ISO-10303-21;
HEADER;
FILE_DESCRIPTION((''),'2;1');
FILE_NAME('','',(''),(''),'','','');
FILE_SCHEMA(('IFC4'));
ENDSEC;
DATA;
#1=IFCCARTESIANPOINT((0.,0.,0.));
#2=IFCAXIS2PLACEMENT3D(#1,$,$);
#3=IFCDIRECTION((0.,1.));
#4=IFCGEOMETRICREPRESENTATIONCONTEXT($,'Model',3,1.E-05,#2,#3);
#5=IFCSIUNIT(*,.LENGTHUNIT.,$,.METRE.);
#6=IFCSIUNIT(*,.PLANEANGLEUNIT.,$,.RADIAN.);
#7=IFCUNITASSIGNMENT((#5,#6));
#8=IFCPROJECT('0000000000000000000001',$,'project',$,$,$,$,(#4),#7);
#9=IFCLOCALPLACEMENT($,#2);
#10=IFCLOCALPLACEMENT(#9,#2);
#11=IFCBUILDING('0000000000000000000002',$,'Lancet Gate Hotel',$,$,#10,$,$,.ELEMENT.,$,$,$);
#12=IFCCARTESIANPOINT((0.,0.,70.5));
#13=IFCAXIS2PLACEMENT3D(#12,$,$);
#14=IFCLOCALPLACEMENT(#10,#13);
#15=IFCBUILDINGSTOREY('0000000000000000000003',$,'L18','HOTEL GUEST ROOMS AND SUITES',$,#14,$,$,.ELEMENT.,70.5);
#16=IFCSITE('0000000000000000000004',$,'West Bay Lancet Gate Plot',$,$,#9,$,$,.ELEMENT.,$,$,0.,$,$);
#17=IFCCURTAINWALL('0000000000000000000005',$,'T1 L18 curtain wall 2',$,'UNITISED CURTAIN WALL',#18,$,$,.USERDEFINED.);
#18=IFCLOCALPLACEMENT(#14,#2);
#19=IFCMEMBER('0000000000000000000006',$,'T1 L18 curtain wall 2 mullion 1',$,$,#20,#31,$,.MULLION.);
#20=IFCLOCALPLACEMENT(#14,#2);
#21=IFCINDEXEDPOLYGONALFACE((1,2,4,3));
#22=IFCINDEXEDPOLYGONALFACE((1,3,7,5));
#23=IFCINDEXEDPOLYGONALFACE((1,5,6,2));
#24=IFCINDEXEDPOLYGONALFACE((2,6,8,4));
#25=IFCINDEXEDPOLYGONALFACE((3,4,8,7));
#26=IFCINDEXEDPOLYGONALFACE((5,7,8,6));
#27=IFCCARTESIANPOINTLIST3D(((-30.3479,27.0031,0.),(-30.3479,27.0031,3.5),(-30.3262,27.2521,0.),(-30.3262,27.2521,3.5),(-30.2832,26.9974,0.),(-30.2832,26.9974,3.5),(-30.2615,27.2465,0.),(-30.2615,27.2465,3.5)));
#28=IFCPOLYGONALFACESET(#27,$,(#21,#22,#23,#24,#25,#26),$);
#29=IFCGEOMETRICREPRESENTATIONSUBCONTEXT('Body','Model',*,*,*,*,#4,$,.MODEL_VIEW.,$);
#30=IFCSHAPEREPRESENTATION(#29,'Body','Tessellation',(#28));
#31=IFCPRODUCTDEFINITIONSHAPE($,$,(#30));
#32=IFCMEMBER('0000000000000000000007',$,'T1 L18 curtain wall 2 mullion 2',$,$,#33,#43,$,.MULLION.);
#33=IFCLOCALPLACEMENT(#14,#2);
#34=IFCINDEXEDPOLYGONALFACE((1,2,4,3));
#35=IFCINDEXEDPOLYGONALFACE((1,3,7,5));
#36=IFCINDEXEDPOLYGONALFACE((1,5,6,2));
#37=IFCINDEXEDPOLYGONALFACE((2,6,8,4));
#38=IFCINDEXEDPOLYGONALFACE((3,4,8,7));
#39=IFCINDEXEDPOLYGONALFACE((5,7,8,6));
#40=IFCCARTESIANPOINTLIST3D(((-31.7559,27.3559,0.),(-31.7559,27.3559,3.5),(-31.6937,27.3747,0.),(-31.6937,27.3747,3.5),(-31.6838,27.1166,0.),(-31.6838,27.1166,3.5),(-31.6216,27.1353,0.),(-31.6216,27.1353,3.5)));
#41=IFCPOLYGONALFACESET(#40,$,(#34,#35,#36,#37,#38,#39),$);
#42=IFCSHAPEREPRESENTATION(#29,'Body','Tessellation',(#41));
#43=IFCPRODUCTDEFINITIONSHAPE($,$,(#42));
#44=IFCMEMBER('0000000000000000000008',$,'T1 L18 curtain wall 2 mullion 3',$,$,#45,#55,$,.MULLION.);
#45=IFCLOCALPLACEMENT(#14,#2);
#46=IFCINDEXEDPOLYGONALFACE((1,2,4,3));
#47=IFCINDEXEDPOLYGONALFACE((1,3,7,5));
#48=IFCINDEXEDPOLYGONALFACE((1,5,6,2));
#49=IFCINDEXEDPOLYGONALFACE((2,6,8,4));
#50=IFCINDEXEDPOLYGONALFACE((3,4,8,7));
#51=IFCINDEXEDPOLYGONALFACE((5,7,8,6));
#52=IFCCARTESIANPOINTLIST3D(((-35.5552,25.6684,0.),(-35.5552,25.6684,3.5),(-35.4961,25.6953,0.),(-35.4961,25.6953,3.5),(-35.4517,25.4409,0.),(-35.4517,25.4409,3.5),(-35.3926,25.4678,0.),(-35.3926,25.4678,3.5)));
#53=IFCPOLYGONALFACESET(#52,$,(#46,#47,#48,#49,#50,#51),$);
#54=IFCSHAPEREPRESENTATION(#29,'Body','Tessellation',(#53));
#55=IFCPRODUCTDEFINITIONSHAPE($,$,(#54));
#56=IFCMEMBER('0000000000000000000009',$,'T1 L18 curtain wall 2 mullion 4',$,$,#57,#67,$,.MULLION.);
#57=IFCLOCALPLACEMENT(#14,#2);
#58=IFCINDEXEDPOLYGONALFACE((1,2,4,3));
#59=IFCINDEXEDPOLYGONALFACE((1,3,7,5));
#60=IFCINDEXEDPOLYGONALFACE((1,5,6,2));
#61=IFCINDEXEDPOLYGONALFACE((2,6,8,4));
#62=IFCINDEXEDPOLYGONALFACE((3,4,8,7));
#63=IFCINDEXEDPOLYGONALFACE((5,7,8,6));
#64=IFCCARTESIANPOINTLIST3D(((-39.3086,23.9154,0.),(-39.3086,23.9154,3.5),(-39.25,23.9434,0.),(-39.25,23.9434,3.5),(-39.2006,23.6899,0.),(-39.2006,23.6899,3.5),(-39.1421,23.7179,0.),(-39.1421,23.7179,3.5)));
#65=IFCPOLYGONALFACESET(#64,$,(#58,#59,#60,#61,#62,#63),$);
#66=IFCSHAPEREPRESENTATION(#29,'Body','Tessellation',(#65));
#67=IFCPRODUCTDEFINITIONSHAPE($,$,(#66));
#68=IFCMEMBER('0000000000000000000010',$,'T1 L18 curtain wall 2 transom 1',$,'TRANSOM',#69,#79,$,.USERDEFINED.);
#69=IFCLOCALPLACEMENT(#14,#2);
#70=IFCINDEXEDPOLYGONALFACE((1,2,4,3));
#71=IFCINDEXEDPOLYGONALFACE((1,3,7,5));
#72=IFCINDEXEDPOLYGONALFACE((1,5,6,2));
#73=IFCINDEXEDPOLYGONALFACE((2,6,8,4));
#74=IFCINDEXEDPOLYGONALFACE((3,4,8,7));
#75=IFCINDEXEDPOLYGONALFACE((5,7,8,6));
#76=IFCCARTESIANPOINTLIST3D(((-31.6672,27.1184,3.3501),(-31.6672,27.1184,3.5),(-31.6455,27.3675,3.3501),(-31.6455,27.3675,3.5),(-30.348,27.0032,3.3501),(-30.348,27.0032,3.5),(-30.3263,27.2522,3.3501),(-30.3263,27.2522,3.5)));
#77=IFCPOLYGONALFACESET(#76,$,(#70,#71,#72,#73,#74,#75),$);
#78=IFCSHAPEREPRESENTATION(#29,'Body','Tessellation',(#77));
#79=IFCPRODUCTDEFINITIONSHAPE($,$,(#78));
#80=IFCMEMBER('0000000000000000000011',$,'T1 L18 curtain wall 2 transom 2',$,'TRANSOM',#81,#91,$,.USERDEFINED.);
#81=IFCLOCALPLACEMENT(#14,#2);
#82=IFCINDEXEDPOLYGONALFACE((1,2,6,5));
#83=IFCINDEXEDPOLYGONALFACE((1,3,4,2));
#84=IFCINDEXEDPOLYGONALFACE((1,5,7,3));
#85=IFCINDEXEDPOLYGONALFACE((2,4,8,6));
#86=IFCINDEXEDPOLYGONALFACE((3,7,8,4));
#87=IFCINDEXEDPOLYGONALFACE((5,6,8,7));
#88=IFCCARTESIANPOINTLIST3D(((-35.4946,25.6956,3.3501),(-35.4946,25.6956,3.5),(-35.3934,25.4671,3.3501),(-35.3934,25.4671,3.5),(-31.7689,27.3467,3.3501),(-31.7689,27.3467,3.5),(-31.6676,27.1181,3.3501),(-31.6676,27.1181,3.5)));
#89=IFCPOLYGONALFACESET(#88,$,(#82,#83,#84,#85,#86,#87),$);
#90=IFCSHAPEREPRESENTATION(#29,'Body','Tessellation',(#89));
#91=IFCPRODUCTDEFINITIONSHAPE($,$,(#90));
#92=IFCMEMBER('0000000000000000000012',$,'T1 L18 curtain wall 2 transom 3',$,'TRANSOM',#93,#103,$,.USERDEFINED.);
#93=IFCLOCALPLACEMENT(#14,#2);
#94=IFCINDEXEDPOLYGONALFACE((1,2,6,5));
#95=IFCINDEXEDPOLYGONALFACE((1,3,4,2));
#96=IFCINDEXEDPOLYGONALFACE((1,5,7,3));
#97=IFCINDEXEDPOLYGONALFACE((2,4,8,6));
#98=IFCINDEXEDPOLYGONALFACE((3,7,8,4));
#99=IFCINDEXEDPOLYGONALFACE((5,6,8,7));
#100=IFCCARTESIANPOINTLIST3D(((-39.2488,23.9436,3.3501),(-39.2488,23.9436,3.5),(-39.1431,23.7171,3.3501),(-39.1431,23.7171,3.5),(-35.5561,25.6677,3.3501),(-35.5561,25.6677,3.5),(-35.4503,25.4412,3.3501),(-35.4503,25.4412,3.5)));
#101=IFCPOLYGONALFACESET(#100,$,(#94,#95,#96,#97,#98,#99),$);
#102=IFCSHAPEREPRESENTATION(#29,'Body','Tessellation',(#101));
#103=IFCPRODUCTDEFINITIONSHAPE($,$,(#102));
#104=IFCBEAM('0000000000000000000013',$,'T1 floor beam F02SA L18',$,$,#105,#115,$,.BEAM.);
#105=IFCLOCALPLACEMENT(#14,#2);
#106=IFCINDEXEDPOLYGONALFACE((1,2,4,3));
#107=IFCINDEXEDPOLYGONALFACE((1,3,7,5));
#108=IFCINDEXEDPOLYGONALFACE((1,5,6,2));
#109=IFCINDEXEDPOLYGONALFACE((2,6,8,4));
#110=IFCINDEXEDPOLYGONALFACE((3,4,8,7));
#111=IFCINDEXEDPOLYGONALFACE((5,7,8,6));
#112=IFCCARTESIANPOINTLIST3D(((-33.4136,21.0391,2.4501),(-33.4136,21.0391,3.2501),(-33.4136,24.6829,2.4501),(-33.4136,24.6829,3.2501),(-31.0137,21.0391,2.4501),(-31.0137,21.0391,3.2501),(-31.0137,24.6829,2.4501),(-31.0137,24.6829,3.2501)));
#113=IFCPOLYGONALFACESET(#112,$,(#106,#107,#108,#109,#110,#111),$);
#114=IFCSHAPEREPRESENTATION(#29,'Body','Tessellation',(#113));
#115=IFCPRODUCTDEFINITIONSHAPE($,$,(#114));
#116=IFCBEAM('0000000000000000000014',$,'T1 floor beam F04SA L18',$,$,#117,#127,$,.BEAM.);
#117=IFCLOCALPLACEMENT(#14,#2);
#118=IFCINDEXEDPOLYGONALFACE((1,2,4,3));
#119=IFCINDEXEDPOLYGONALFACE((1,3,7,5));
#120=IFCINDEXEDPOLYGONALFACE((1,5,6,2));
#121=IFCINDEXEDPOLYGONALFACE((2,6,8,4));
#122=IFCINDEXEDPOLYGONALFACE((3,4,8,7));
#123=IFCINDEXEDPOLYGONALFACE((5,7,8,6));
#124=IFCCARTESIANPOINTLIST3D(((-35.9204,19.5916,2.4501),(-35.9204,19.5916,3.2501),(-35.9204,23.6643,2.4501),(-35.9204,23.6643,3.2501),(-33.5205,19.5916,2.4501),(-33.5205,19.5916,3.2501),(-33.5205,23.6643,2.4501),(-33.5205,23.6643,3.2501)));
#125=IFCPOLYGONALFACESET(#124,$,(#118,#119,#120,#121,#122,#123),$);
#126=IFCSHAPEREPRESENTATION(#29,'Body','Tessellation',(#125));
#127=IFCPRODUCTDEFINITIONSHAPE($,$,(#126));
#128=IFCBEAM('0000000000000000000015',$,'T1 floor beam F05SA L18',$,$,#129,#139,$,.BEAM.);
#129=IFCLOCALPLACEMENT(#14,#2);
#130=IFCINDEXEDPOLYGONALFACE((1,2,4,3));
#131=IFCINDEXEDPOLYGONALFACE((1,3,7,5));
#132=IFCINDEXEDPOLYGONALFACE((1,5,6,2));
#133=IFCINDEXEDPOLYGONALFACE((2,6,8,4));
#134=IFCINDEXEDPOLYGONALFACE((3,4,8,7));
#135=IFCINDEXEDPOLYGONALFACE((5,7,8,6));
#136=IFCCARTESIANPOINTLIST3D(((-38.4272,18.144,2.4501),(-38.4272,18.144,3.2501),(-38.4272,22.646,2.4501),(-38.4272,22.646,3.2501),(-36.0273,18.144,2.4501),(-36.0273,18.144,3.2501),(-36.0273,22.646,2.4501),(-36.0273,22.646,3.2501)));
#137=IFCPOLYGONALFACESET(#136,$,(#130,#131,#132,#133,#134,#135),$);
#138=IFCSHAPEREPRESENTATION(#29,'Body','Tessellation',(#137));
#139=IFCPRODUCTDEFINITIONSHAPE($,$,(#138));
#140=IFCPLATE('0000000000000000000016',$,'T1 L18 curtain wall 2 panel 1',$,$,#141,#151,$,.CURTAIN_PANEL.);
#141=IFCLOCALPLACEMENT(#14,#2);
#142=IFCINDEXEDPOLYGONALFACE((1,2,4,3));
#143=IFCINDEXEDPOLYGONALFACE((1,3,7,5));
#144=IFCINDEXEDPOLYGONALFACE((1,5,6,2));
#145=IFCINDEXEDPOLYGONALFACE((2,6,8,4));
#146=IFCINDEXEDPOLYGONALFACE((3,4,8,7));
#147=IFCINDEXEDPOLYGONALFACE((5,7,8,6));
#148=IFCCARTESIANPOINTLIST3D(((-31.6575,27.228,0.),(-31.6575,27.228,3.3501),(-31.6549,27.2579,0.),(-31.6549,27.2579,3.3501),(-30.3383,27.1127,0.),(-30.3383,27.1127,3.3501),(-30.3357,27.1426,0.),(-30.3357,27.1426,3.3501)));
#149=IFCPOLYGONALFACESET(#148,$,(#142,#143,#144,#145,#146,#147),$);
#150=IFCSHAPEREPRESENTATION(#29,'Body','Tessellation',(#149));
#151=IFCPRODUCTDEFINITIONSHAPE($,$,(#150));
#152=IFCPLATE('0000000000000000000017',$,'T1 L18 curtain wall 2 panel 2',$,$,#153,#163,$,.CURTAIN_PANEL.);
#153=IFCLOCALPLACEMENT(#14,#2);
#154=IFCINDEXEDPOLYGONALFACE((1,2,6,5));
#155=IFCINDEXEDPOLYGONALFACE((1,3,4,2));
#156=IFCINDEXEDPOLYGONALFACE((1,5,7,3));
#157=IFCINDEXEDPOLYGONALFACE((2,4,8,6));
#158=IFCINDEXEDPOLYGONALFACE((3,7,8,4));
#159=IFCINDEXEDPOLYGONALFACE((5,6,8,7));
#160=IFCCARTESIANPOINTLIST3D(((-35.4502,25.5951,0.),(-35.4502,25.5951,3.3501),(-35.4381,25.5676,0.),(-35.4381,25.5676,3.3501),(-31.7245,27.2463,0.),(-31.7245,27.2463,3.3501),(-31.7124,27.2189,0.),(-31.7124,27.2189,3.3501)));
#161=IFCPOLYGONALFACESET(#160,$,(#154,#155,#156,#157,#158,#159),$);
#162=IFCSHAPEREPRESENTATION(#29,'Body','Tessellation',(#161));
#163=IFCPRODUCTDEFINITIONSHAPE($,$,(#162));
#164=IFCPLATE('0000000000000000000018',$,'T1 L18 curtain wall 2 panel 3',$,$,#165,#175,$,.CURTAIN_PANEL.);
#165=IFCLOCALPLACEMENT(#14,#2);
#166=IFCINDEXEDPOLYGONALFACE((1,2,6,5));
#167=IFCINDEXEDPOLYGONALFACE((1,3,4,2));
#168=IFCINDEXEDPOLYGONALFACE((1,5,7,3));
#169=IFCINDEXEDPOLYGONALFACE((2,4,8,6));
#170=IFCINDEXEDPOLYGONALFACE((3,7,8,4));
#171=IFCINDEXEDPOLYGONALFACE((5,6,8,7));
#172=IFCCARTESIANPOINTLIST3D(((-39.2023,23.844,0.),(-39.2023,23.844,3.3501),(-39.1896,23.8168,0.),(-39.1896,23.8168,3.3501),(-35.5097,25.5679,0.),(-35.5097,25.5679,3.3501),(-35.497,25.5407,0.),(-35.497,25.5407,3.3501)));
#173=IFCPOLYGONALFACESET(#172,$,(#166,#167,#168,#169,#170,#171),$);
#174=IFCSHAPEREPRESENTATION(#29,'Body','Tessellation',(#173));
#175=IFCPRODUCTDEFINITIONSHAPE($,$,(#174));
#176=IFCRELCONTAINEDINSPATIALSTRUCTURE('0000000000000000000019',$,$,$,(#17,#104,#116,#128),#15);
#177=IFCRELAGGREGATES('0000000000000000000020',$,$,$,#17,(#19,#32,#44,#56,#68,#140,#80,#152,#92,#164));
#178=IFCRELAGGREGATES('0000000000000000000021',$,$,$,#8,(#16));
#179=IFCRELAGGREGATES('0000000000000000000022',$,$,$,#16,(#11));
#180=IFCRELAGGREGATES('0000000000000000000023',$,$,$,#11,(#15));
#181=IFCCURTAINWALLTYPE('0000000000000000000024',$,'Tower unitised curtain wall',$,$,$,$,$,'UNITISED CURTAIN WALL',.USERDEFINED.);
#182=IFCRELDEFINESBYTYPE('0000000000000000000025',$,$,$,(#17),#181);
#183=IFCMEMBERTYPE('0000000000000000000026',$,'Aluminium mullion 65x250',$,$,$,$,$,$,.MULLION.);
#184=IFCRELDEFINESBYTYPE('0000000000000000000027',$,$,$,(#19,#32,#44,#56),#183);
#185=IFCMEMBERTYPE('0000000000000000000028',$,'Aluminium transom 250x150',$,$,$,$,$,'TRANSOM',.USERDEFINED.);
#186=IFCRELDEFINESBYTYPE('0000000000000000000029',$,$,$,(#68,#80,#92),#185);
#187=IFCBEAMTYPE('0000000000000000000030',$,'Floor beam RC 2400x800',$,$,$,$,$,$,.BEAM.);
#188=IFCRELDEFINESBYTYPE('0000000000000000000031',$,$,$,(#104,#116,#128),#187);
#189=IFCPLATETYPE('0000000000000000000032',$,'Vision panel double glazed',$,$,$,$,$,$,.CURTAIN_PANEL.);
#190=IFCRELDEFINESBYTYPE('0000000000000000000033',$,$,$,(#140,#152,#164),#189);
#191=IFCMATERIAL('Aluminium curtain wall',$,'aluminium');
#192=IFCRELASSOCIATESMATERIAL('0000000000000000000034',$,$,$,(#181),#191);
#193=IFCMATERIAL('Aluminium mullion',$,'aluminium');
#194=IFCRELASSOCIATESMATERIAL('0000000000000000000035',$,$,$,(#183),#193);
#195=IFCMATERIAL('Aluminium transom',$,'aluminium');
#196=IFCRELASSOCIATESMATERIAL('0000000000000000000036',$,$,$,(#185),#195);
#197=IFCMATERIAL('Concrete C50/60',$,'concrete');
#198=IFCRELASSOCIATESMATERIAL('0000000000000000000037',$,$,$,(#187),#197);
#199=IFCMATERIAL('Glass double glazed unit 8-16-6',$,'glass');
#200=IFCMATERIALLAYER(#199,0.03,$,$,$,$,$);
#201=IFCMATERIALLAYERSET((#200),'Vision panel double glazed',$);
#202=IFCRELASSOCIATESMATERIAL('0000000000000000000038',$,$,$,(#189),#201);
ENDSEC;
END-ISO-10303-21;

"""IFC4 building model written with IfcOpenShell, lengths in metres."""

from ifc_helpers import new_model, si_unit, direction, frame, origin, origin_2d, place, context, subcontext, project, spatial, rectangle, extrude, material, layer, layer_set, material_profile, profile_set, type_object, element, aggregate, save


model = new_model("IFC4")

# Units and contexts
model_context = context("Model", 3, precision=1e-05, world=origin(), true_north=direction((0.0, 1.0)))
body_context = subcontext(model_context, "Body", "Model", "MODEL_VIEW")
ifc_project = project(units=[si_unit("LENGTHUNIT", "METRE"), si_unit("PLANEANGLEUNIT", "RADIAN")], contexts=[model_context])

# Site, building, storey
site_placement = place(None, origin())
site = spatial("IfcSite", under=ifc_project, at=site_placement, Name="West Bay Lancet Gate Plot", CompositionType="ELEMENT", RefElevation=0.0)
building_placement = place(site_placement, origin())
building = spatial("IfcBuilding", under=site, at=building_placement, Name="Lancet Gate Hotel", CompositionType="ELEMENT")
storey_placement = place(building_placement, frame((0.0, 0.0, 70.5)))
storey = spatial("IfcBuildingStorey", under=building, at=storey_placement, Name="L18", Description="HOTEL GUEST ROOMS AND SUITES", CompositionType="ELEMENT", Elevation=70.5)

# Curtain wall, members
ifc_material_1 = material(Name="Aluminium curtain wall", Category="aluminium")
curtain_wall_type = type_object("IfcCurtainWallType", Name="Tower unitised curtain wall", ElementType="UNITISED CURTAIN WALL", PredefinedType="USERDEFINED", material=ifc_material_1)
curtain_wall_placement = place(storey_placement, origin())
curtain_wall = element("IfcCurtainWall", 1, at=curtain_wall_placement, inside=storey, type_object=curtain_wall_type, Name="T1 L18 curtain wall 2", ObjectType="UNITISED CURTAIN WALL", PredefinedType="USERDEFINED")
ifc_material_2 = material(Name="Aluminium mullion", Category="aluminium")
ifc_material_profile_1 = material_profile(ifc_material_2, rectangle(XDim=0.0649, YDim=0.25, at=origin_2d()), Name="MULLION 65x250")
ifc_profile_set_1 = profile_set([ifc_material_profile_1], Name="Aluminium mullion")
member_type_1 = type_object("IfcMemberType", Name="Aluminium mullion 65x250", PredefinedType="MULLION", material=ifc_profile_set_1)
member_1_placement = place(storey_placement, frame((-30.3047, 27.1248, 0.0), z_axis=(0.0, 0.0, 1.0), x_axis=(-0.996204, 0.087052, 0.0)))
member_1 = element("IfcMember", 2, at=member_1_placement, type_object=member_type_1, Name="T1 L18 curtain wall 2 mullion 1", PredefinedType="MULLION", context=body_context, shape_type="SweptSolid", body=[
    extrude(rectangle(XDim=0.0649, YDim=0.25, at=origin_2d()), origin(), (0.0, 0.0, 1.0), 3.5),
])
member_2_placement = place(storey_placement, frame((-31.6887, 27.2456, 0.0), z_axis=(0.0, 0.0, 1.0), x_axis=(-0.957524, -0.288352, 0.0)))
member_2 = element("IfcMember", 3, at=member_2_placement, type_object=member_type_1, Name="T1 L18 curtain wall 2 mullion 2", PredefinedType="MULLION", context=body_context, shape_type="SweptSolid", body=[
    extrude(rectangle(XDim=0.0649, YDim=0.25, at=origin_2d()), origin(), (0.0, 0.0, 1.0), 3.5),
])
member_3_placement = place(storey_placement, frame((-35.4739, 25.5681, 0.0), z_axis=(0.0, 0.0, 1.0), x_axis=(-0.91022, -0.414126, 0.0)))
member_3 = element("IfcMember", 4, at=member_3_placement, type_object=member_type_1, Name="T1 L18 curtain wall 2 mullion 3", PredefinedType="MULLION", context=body_context, shape_type="SweptSolid", body=[
    extrude(rectangle(XDim=0.0649, YDim=0.25, at=origin_2d()), origin(), (0.0, 0.0, 1.0), 3.5),
])
member_4_placement = place(storey_placement, frame((-39.2253, 23.8167, 0.0), z_axis=(0.0, 0.0, 1.0), x_axis=(-0.901929, -0.431885, 0.0)))
member_4 = element("IfcMember", 5, at=member_4_placement, type_object=member_type_1, Name="T1 L18 curtain wall 2 mullion 4", PredefinedType="MULLION", context=body_context, shape_type="SweptSolid", body=[
    extrude(rectangle(XDim=0.0649, YDim=0.25, at=origin_2d()), origin(), (0.0, 0.0, 1.0), 3.5),
])
ifc_material_3 = material(Name="Aluminium transom", Category="aluminium")
ifc_material_profile_2 = material_profile(ifc_material_3, rectangle(XDim=0.25, YDim=0.1499, at=origin_2d()), Name="TRANSOM 250x150")
ifc_profile_set_2 = profile_set([ifc_material_profile_2], Name="Aluminium transom")
member_type_2 = type_object("IfcMemberType", Name="Aluminium transom 250x150", ElementType="TRANSOM", PredefinedType="USERDEFINED", material=ifc_profile_set_2)
member_5_placement = place(storey_placement, frame((-30.3372, 27.1277, 3.425), z_axis=(-0.996206, 0.087027, 0.0), x_axis=(-0.087027, -0.996206, 0.0)))
member_5 = element("IfcMember", 6, at=member_5_placement, type_object=member_type_2, Name="T1 L18 curtain wall 2 transom 1", ObjectType="TRANSOM", PredefinedType="USERDEFINED", context=body_context, shape_type="SweptSolid", body=[
    extrude(rectangle(XDim=0.25, YDim=0.1499, at=origin_2d()), origin(), (0.0, 0.0, 1.0), 1.3242),
])
member_6_placement = place(storey_placement, frame((-31.7183, 27.2324, 3.425), z_axis=(-0.914248, -0.405154, 0.0), x_axis=(0.405154, -0.914248, 0.0)))
member_6 = element("IfcMember", 7, at=member_6_placement, type_object=member_type_2, Name="T1 L18 curtain wall 2 transom 2", ObjectType="TRANSOM", PredefinedType="USERDEFINED", context=body_context, shape_type="SweptSolid", body=[
    extrude(rectangle(XDim=0.25, YDim=0.1499, at=origin_2d()), origin(), (0.0, 0.0, 1.0), 4.0752),
])
member_7_placement = place(storey_placement, frame((-35.5032, 25.5544, 3.425), z_axis=(-0.90611, -0.423043, 0.0), x_axis=(0.423043, -0.90611, 0.0)))
member_7 = element("IfcMember", 8, at=member_7_placement, type_object=member_type_2, Name="T1 L18 curtain wall 2 transom 3", ObjectType="TRANSOM", PredefinedType="USERDEFINED", context=body_context, shape_type="SweptSolid", body=[
    extrude(rectangle(XDim=0.25, YDim=0.1499, at=origin_2d()), origin(), (0.0, 0.0, 1.0), 4.0754),
])

# Beams
ifc_material_4 = material(Name="Concrete C50/60", Category="concrete")
ifc_material_profile_3 = material_profile(ifc_material_4, rectangle(XDim=2.3999, YDim=0.8, at=origin_2d()), Name="RC 2400x800")
ifc_profile_set_3 = profile_set([ifc_material_profile_3], Name="Concrete C50/60")
beam_type = type_object("IfcBeamType", Name="Floor beam RC 2400x800", PredefinedType="BEAM", material=ifc_profile_set_3)
beam_1_placement = place(storey_placement, frame((-32.2136, 24.6829, 2.8501), z_axis=(0.0, -1.0, 0.0), x_axis=(1.0, 0.0, 0.0)))
element("IfcBeam", 9, at=beam_1_placement, inside=storey, type_object=beam_type, Name="T1 floor beam F02SA L18", PredefinedType="BEAM", context=body_context, shape_type="SweptSolid", body=[
    extrude(rectangle(XDim=2.3999, YDim=0.8, at=origin_2d()), origin(), (0.0, 0.0, 1.0), 3.6438),
])
beam_2_placement = place(storey_placement, frame((-34.7205, 23.6643, 2.8501), z_axis=(0.0, -1.0, 0.0), x_axis=(1.0, 0.0, 0.0)))
element("IfcBeam", 10, at=beam_2_placement, inside=storey, type_object=beam_type, Name="T1 floor beam F04SA L18", PredefinedType="BEAM", context=body_context, shape_type="SweptSolid", body=[
    extrude(rectangle(XDim=2.3999, YDim=0.8, at=origin_2d()), origin(), (0.0, 0.0, 1.0), 4.0728),
])
beam_3_placement = place(storey_placement, frame((-37.2273, 22.646, 2.8501), z_axis=(0.0, -1.0, 0.0), x_axis=(1.0, 0.0, 0.0)))
element("IfcBeam", 11, at=beam_3_placement, inside=storey, type_object=beam_type, Name="T1 floor beam F05SA L18", PredefinedType="BEAM", context=body_context, shape_type="SweptSolid", body=[
    extrude(rectangle(XDim=2.3999, YDim=0.8, at=origin_2d()), origin(), (0.0, 0.0, 1.0), 4.502),
])

# Plates
ifc_material_5 = material(Name="Glass double glazed unit 8-16-6", Category="glass")
ifc_layer_1 = layer(ifc_material_5, 0.03)
ifc_layer_set_1 = layer_set([ifc_layer_1], Name="Vision panel double glazed")
plate_type = type_object("IfcPlateType", Name="Vision panel double glazed", PredefinedType="CURTAIN_PANEL", material=ifc_layer_set_1)
plate_1_placement = place(storey_placement, frame((-30.9966, 27.1853, 0.0), z_axis=(0.0, 0.0, 1.0), x_axis=(-0.996204, 0.087052, 0.0)))
plate_1 = element("IfcPlate", 12, at=plate_1_placement, type_object=plate_type, Name="T1 L18 curtain wall 2 panel 1", PredefinedType="CURTAIN_PANEL", context=body_context, shape_type="SweptSolid", body=[
    extrude(rectangle(XDim=1.3242, YDim=0.03, at=origin_2d()), origin(), (0.0, 0.0, 1.0), 3.3501),
])
plate_2_placement = place(storey_placement, frame((-33.5813, 26.407, 0.0), z_axis=(0.0, 0.0, 1.0), x_axis=(-0.914234, -0.405186, 0.0)))
plate_2 = element("IfcPlate", 13, at=plate_2_placement, type_object=plate_type, Name="T1 L18 curtain wall 2 panel 2", PredefinedType="CURTAIN_PANEL", context=body_context, shape_type="SweptSolid", body=[
    extrude(rectangle(XDim=4.0752, YDim=0.03, at=origin_2d()), origin(), (0.0, 0.0, 1.0), 3.3501),
])
plate_3_placement = place(storey_placement, frame((-37.3496, 24.6924, 0.0), z_axis=(0.0, 0.0, 1.0), x_axis=(-0.906118, -0.423026, 0.0)))
plate_3 = element("IfcPlate", 14, at=plate_3_placement, type_object=plate_type, Name="T1 L18 curtain wall 2 panel 3", PredefinedType="CURTAIN_PANEL", context=body_context, shape_type="SweptSolid", body=[
    extrude(rectangle(XDim=4.0752, YDim=0.03, at=origin_2d()), origin(), (0.0, 0.0, 1.0), 3.3501),
])
aggregate(curtain_wall, [member_1, member_2, member_3, member_4, member_5, plate_1, member_6, plate_2, member_7, plate_3])

save(model, "model.ifc")
